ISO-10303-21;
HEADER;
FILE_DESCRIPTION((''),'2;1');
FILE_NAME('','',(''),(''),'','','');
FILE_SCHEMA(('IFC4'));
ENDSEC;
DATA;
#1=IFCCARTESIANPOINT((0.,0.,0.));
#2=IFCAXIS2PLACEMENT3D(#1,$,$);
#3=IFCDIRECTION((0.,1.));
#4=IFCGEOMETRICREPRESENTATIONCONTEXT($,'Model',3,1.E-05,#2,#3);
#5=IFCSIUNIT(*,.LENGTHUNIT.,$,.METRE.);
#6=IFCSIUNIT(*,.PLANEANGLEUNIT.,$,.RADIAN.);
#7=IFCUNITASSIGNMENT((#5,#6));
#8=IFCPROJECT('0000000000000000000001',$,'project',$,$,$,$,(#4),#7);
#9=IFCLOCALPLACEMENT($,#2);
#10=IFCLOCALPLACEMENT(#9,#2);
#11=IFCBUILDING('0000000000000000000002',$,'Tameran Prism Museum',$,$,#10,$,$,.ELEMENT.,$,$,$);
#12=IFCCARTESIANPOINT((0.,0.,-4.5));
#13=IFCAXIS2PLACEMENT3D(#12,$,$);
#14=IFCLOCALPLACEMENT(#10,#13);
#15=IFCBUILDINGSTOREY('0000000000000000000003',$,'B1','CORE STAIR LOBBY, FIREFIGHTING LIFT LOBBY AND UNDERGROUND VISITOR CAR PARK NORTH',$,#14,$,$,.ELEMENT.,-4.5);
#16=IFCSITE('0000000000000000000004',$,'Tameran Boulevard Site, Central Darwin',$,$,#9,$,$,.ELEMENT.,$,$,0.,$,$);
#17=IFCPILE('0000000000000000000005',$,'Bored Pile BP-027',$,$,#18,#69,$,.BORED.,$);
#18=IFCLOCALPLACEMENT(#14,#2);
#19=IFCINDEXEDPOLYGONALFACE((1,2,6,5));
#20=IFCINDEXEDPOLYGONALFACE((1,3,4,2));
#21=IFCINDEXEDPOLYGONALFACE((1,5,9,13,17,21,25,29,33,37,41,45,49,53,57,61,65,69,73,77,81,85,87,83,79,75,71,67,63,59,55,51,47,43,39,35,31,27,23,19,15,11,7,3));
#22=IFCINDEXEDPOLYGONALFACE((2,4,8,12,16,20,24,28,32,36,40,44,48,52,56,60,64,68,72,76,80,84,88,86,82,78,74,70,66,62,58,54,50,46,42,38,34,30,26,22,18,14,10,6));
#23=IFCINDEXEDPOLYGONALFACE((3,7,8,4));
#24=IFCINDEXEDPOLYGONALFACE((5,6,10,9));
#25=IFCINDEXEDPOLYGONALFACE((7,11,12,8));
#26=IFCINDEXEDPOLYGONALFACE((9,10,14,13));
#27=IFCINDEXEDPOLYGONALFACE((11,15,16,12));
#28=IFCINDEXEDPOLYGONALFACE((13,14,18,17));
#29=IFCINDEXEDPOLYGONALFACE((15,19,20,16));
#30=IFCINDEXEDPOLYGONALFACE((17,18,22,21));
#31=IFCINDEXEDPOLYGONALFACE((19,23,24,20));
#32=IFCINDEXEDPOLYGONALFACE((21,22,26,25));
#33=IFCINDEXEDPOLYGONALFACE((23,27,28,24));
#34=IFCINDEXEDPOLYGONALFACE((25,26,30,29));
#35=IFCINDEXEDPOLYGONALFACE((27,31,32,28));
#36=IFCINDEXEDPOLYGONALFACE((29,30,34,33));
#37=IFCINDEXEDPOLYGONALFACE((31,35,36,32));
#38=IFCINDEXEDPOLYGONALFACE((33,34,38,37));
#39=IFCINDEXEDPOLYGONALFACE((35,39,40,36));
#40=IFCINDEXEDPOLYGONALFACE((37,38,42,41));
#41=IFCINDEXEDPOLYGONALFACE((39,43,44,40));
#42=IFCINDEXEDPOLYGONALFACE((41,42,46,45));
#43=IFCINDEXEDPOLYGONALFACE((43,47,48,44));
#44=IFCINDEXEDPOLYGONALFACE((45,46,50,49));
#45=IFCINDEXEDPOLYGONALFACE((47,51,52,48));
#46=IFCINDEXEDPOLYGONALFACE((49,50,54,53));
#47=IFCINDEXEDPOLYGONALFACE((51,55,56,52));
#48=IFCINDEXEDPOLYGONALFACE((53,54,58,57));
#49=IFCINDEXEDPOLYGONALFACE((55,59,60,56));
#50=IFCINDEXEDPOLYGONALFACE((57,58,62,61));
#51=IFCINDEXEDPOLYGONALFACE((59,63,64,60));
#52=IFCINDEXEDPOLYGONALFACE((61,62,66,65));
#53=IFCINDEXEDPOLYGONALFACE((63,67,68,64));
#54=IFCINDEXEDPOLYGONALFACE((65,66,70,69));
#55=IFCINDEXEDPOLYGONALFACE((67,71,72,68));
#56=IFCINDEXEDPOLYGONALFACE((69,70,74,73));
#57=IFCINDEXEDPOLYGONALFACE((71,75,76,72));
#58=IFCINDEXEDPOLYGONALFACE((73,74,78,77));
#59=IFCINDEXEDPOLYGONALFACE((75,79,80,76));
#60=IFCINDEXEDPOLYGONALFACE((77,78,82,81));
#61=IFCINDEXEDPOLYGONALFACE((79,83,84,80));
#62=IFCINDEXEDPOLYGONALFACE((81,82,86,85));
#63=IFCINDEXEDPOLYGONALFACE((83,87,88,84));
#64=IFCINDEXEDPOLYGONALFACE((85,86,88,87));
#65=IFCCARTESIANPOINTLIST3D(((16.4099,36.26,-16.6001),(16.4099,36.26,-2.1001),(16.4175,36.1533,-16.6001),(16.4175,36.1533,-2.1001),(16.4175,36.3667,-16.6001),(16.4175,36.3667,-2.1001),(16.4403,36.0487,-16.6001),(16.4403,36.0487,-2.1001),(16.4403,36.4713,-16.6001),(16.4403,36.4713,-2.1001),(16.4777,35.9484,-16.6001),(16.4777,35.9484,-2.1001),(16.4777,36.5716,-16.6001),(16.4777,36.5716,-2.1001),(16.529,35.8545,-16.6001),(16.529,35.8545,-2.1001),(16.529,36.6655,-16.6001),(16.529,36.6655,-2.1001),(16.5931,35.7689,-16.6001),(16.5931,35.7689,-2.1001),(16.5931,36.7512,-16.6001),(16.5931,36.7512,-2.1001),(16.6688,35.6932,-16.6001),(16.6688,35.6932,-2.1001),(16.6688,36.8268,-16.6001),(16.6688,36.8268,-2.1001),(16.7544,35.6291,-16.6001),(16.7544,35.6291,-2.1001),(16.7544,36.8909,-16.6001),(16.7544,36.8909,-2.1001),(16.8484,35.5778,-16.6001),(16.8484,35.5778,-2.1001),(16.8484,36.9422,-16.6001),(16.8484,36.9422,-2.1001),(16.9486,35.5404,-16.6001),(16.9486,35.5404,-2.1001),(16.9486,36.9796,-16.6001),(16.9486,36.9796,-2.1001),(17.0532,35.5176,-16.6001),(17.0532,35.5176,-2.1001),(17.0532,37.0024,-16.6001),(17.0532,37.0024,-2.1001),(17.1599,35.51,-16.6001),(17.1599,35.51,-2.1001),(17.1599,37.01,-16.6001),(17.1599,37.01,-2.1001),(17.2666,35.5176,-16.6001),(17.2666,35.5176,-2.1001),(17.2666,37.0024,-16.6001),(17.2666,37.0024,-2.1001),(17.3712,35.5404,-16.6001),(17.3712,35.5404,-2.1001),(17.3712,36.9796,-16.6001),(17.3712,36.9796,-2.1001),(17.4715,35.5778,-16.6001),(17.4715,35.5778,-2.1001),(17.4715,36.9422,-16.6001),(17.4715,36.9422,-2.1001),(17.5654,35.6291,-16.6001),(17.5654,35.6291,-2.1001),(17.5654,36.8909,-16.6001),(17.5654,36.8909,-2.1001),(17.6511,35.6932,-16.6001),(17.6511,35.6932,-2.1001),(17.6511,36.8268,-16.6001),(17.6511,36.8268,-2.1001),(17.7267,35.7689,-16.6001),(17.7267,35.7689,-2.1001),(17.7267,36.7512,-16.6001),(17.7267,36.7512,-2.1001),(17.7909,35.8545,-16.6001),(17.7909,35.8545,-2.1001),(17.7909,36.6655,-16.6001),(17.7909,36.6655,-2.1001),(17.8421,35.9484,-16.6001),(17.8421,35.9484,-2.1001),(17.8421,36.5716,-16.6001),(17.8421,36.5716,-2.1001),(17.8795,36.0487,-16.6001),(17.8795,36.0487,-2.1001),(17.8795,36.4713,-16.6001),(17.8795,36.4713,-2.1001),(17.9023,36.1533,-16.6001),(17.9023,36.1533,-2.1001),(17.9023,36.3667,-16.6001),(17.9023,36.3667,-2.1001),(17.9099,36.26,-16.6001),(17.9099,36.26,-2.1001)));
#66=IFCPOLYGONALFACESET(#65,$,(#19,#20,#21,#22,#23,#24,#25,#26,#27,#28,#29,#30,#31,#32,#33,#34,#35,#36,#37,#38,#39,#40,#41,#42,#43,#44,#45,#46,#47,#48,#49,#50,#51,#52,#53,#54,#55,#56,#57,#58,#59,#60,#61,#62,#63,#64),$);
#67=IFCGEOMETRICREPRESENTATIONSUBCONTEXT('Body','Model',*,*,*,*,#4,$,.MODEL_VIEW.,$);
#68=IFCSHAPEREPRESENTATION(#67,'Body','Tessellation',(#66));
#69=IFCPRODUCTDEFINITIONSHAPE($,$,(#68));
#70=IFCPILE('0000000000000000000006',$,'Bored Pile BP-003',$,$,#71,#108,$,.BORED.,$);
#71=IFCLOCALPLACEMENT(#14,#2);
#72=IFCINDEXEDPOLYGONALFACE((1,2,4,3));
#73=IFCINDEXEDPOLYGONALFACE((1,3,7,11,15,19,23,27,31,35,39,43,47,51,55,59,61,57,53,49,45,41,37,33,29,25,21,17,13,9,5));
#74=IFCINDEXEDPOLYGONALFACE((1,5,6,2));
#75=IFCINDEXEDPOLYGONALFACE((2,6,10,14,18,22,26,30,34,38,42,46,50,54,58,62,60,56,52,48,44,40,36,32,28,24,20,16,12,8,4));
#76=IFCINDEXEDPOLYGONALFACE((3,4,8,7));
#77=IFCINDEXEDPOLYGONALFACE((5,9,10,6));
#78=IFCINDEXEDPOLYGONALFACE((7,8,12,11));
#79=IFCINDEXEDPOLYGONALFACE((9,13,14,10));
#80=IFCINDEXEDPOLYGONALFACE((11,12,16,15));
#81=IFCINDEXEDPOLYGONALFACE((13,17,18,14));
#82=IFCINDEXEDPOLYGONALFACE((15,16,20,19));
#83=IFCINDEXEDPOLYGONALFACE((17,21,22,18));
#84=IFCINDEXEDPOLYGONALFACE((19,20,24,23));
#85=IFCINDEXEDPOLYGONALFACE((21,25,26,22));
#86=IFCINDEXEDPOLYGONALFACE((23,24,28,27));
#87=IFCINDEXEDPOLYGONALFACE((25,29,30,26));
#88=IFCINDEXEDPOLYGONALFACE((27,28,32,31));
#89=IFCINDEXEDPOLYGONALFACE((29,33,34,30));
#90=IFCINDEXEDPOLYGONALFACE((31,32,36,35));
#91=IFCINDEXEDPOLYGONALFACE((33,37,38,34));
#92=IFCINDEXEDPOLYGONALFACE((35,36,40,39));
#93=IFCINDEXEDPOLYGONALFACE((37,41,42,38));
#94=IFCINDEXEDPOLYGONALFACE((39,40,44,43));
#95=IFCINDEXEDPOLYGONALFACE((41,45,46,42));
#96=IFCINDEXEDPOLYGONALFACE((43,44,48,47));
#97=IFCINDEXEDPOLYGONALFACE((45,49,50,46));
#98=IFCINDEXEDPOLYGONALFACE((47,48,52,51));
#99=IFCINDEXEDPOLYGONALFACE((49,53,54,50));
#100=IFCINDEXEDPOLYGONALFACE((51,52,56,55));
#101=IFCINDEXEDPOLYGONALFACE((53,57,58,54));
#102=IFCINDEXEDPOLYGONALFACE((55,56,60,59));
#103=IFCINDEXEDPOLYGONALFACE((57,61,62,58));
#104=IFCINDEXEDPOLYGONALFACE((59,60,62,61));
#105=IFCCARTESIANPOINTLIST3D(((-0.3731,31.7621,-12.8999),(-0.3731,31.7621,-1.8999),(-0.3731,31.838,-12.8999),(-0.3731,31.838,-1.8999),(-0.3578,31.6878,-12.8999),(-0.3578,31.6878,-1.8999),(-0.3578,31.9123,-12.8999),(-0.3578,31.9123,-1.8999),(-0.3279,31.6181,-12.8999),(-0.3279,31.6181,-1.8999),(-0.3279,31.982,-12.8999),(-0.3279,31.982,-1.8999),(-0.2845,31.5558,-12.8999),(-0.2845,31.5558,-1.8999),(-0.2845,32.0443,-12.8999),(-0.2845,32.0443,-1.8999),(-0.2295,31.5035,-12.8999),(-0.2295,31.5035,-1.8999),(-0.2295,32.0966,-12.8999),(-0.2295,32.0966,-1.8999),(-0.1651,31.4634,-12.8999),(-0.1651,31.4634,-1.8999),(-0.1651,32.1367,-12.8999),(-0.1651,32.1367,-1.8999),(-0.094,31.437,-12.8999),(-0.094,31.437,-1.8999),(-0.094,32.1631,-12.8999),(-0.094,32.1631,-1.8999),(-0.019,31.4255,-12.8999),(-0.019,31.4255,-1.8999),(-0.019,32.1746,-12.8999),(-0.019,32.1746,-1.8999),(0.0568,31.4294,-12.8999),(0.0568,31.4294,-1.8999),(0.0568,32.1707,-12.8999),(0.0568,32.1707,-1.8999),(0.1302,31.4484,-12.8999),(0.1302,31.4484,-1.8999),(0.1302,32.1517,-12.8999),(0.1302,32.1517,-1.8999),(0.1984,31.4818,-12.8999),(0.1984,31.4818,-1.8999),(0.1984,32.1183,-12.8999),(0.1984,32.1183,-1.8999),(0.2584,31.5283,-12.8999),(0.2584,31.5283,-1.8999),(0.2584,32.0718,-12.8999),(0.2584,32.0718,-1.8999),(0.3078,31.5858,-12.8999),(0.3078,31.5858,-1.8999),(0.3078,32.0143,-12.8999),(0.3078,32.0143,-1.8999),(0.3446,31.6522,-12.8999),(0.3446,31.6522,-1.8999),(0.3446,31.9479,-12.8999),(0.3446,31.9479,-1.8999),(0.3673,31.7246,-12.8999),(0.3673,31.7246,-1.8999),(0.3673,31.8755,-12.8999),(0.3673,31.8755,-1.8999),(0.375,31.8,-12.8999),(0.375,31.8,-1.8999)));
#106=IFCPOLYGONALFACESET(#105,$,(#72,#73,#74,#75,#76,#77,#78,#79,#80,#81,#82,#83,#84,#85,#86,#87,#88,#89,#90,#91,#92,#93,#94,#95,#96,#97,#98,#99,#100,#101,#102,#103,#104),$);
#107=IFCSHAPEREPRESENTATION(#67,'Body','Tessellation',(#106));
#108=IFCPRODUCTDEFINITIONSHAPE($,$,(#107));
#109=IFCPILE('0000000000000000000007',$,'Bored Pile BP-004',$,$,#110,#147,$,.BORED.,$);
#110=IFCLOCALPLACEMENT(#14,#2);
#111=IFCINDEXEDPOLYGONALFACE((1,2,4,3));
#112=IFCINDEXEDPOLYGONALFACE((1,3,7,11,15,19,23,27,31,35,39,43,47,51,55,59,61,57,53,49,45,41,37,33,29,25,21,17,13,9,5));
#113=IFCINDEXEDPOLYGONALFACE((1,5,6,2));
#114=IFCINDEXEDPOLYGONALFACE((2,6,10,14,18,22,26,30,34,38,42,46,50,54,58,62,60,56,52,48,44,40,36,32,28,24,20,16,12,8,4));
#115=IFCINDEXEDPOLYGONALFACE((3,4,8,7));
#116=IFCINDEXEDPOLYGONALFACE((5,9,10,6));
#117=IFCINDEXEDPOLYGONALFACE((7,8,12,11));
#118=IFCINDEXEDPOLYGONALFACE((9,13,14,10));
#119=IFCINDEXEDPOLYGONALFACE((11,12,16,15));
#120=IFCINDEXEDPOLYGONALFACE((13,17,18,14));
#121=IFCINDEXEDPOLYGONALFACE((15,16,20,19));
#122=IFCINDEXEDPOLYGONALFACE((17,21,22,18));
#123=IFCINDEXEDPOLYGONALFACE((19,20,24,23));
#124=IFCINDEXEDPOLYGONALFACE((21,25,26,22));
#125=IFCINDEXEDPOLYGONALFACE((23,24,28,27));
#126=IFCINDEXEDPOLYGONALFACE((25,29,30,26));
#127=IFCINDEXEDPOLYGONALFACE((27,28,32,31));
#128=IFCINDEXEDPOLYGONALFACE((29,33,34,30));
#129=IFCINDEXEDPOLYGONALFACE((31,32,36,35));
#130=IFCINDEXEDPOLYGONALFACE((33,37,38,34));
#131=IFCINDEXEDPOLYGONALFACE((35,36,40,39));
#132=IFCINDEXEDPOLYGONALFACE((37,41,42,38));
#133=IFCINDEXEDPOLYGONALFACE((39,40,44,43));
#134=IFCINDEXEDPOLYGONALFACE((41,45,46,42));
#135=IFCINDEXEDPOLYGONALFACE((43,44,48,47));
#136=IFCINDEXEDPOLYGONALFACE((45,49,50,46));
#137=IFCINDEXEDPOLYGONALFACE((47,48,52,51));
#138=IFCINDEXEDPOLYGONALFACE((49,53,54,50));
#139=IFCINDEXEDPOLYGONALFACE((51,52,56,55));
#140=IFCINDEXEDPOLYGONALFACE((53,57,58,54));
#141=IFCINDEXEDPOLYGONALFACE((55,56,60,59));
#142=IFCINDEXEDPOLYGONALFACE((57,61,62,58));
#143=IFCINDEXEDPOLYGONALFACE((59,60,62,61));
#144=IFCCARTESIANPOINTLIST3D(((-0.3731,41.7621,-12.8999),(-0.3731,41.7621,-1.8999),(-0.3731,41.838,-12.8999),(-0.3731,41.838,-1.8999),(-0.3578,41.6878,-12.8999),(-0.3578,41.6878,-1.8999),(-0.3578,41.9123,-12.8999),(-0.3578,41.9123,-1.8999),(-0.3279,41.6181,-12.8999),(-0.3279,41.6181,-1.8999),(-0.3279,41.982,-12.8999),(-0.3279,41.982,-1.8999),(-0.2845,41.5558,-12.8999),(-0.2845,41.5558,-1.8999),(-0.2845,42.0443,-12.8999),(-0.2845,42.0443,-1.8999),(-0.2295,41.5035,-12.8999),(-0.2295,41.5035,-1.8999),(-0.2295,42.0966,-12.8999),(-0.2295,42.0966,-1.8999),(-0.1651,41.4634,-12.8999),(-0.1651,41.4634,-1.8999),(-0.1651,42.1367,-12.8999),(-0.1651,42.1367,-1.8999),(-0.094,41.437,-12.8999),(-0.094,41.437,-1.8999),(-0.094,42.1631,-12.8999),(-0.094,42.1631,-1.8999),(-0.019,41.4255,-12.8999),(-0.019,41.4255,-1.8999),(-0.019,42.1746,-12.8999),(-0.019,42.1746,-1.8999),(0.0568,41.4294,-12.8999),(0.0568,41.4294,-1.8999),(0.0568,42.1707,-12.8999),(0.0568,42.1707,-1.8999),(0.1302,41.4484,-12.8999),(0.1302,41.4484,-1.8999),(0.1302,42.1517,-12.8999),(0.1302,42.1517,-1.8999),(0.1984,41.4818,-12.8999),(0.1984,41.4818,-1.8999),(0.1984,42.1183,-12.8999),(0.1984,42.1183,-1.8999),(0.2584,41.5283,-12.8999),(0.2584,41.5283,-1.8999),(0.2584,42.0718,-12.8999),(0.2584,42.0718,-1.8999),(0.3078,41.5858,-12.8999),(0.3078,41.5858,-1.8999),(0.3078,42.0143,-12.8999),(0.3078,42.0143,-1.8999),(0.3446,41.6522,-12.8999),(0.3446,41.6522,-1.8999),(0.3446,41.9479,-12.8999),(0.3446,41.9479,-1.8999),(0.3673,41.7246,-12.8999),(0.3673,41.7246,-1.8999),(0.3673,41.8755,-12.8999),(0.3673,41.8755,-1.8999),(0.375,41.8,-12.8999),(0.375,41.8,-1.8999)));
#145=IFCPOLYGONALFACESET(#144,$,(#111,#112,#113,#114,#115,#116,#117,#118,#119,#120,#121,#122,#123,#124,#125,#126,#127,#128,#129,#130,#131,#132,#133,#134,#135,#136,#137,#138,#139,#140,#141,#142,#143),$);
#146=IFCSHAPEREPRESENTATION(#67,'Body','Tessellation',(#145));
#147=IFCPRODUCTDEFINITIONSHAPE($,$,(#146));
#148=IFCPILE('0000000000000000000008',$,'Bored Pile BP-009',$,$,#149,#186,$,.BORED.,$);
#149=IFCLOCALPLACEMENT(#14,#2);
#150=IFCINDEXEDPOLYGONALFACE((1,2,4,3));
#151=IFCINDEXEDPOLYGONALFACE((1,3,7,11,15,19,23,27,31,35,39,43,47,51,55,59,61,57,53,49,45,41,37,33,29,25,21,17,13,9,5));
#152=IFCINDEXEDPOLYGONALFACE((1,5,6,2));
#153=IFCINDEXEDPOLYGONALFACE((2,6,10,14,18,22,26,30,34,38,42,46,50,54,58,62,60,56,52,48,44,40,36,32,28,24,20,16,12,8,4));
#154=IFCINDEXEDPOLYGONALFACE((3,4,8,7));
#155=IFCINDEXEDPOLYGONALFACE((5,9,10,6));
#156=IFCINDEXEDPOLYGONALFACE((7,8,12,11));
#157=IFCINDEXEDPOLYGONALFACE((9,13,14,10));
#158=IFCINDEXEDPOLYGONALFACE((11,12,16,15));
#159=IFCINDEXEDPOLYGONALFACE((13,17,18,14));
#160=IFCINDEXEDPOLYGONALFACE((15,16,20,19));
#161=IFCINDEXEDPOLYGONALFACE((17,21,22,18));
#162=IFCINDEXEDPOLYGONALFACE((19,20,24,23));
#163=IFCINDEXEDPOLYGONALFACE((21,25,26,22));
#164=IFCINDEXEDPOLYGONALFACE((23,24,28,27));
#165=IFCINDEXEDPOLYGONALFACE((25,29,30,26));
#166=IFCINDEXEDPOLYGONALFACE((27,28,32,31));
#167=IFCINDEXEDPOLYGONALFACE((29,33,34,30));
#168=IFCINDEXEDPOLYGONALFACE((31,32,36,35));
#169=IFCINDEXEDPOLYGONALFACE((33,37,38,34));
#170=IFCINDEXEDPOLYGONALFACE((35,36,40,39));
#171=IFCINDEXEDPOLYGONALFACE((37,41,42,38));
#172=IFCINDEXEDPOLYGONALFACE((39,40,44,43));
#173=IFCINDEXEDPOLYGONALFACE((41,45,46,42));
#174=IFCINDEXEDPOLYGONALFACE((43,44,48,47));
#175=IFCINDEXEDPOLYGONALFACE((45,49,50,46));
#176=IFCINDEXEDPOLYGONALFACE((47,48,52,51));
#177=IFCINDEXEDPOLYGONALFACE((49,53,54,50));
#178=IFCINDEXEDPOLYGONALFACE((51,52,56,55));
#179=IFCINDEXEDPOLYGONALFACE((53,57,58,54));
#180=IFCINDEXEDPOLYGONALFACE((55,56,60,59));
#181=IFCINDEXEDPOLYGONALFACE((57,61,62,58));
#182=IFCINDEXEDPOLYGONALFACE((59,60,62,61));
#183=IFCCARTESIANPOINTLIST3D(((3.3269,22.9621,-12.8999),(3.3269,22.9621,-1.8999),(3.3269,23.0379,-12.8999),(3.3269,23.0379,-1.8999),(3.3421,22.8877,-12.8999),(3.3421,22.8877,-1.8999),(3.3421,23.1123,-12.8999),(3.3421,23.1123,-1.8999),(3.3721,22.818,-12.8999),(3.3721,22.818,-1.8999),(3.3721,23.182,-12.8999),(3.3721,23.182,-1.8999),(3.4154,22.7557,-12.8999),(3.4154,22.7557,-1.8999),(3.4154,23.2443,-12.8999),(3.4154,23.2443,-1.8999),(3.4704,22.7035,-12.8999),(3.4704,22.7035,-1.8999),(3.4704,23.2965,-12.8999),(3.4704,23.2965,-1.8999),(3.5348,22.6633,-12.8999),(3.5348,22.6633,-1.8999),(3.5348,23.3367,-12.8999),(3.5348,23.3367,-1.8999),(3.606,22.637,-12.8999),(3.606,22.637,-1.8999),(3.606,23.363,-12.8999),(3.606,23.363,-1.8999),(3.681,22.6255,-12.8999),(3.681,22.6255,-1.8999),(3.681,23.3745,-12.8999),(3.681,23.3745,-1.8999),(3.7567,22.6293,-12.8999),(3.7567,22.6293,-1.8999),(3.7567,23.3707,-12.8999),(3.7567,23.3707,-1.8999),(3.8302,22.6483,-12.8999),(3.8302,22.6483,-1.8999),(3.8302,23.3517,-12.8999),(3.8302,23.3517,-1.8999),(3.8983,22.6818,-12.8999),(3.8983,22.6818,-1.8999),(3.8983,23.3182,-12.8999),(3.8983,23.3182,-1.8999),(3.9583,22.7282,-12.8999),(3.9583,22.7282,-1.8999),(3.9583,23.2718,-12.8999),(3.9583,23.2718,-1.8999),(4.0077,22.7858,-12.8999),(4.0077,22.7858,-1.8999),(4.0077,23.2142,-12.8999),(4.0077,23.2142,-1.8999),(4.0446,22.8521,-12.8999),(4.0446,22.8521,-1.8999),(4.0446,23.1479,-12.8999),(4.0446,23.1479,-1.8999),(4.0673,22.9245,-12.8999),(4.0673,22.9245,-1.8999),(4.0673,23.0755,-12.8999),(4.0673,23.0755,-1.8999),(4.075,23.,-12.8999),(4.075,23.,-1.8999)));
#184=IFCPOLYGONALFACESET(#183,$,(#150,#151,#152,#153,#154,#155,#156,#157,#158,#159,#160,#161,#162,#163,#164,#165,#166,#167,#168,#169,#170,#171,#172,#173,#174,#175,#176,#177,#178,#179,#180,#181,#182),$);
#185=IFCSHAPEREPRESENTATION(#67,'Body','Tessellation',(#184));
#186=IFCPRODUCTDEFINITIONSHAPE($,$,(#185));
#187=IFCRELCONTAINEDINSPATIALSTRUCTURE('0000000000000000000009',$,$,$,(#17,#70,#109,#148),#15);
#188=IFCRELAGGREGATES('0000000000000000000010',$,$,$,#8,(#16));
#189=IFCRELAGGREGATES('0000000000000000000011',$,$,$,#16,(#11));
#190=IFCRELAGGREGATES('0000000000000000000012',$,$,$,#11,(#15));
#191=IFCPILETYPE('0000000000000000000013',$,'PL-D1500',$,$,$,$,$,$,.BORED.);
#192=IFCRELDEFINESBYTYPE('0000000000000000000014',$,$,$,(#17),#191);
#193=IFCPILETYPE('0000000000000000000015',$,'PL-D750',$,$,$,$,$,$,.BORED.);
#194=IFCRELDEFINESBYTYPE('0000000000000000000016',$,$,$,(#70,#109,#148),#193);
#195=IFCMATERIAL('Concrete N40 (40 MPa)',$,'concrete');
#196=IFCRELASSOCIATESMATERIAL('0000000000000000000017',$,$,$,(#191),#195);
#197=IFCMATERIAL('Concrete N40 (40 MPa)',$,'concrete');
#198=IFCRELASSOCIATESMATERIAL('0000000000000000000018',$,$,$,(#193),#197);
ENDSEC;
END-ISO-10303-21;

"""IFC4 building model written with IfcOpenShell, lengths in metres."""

from ifc_helpers import new_model, si_unit, direction, frame, origin, origin_2d, place, context, subcontext, project, spatial, circle, extrude, material, material_profile, profile_set, type_object, element, save


model = new_model("IFC4")

# Units and contexts
model_context = context("Model", 3, precision=1e-05, world=origin(), true_north=direction((0.0, 1.0)))
body_context = subcontext(model_context, "Body", "Model", "MODEL_VIEW")
ifc_project = project(units=[si_unit("LENGTHUNIT", "METRE"), si_unit("PLANEANGLEUNIT", "RADIAN")], contexts=[model_context])

# Site, building, storey
site_placement = place(None, origin())
site = spatial("IfcSite", under=ifc_project, at=site_placement, Name="Tameran Boulevard Site, Central Darwin", CompositionType="ELEMENT", RefElevation=0.0)
building_placement = place(site_placement, origin())
building = spatial("IfcBuilding", under=site, at=building_placement, Name="Tameran Prism Museum", CompositionType="ELEMENT")
storey_placement = place(building_placement, frame((0.0, 0.0, -4.5)))
storey = spatial("IfcBuildingStorey", under=building, at=storey_placement, Name="B1", Description="CORE STAIR LOBBY, FIREFIGHTING LIFT LOBBY AND UNDERGROUND VISITOR CAR PARK NORTH", CompositionType="ELEMENT", Elevation=-4.5)

# Piles
ifc_material_1 = material(Name="Concrete N40 (40 MPa)", Category="concrete")
ifc_material_profile_1 = material_profile(ifc_material_1, circle(Radius=0.75, at=origin_2d()))
ifc_profile_set_1 = profile_set([ifc_material_profile_1])
pile_type_1 = type_object("IfcPileType", Name="PL-D1500", PredefinedType="BORED", material=ifc_profile_set_1)
for number, where, z_axis, x_axis, name in (
    (1, (17.1599, 36.26, -2.1001), (0.0, 0.0, -1.0), (1.0, 0.0, 0.0), "Bored Pile BP-027"),
):
    element("IfcPile", number, at=place(storey_placement, frame(where, z_axis=z_axis, x_axis=x_axis)), inside=storey, type_object=pile_type_1, Name=name, PredefinedType="BORED", context=body_context, shape_type="SweptSolid", body=[
        extrude(circle(Radius=0.75, at=origin_2d()), origin(), (0.0, 0.0, 1.0), 14.5),
    ])
ifc_material_2 = material(Name="Concrete N40 (40 MPa)", Category="concrete")
ifc_material_profile_2 = material_profile(ifc_material_2, circle(Radius=0.375, at=origin_2d()))
ifc_profile_set_2 = profile_set([ifc_material_profile_2])
pile_type_2 = type_object("IfcPileType", Name="PL-D750", PredefinedType="BORED", material=ifc_profile_set_2)
for number, where, z_axis, x_axis, name in (
    (2, (0.0, 31.8, -1.8999), (0.0, 0.0, -1.0), (1.0, 0.0, 0.0), "Bored Pile BP-003"),
    (3, (0.0, 41.8, -1.8999), (0.0, 0.0, -1.0), (1.0, 0.0, 0.0), "Bored Pile BP-004"),
    (4, (3.7, 23.0, -1.8999), (0.0, 0.0, -1.0), (1.0, 0.0, 0.0), "Bored Pile BP-009"),
):
    element("IfcPile", number, at=place(storey_placement, frame(where, z_axis=z_axis, x_axis=x_axis)), inside=storey, type_object=pile_type_2, Name=name, PredefinedType="BORED", context=body_context, shape_type="SweptSolid", body=[
        extrude(circle(Radius=0.375, at=origin_2d()), origin(), (0.0, 0.0, 1.0), 11.0),
    ])

save(model, "model.ifc")
